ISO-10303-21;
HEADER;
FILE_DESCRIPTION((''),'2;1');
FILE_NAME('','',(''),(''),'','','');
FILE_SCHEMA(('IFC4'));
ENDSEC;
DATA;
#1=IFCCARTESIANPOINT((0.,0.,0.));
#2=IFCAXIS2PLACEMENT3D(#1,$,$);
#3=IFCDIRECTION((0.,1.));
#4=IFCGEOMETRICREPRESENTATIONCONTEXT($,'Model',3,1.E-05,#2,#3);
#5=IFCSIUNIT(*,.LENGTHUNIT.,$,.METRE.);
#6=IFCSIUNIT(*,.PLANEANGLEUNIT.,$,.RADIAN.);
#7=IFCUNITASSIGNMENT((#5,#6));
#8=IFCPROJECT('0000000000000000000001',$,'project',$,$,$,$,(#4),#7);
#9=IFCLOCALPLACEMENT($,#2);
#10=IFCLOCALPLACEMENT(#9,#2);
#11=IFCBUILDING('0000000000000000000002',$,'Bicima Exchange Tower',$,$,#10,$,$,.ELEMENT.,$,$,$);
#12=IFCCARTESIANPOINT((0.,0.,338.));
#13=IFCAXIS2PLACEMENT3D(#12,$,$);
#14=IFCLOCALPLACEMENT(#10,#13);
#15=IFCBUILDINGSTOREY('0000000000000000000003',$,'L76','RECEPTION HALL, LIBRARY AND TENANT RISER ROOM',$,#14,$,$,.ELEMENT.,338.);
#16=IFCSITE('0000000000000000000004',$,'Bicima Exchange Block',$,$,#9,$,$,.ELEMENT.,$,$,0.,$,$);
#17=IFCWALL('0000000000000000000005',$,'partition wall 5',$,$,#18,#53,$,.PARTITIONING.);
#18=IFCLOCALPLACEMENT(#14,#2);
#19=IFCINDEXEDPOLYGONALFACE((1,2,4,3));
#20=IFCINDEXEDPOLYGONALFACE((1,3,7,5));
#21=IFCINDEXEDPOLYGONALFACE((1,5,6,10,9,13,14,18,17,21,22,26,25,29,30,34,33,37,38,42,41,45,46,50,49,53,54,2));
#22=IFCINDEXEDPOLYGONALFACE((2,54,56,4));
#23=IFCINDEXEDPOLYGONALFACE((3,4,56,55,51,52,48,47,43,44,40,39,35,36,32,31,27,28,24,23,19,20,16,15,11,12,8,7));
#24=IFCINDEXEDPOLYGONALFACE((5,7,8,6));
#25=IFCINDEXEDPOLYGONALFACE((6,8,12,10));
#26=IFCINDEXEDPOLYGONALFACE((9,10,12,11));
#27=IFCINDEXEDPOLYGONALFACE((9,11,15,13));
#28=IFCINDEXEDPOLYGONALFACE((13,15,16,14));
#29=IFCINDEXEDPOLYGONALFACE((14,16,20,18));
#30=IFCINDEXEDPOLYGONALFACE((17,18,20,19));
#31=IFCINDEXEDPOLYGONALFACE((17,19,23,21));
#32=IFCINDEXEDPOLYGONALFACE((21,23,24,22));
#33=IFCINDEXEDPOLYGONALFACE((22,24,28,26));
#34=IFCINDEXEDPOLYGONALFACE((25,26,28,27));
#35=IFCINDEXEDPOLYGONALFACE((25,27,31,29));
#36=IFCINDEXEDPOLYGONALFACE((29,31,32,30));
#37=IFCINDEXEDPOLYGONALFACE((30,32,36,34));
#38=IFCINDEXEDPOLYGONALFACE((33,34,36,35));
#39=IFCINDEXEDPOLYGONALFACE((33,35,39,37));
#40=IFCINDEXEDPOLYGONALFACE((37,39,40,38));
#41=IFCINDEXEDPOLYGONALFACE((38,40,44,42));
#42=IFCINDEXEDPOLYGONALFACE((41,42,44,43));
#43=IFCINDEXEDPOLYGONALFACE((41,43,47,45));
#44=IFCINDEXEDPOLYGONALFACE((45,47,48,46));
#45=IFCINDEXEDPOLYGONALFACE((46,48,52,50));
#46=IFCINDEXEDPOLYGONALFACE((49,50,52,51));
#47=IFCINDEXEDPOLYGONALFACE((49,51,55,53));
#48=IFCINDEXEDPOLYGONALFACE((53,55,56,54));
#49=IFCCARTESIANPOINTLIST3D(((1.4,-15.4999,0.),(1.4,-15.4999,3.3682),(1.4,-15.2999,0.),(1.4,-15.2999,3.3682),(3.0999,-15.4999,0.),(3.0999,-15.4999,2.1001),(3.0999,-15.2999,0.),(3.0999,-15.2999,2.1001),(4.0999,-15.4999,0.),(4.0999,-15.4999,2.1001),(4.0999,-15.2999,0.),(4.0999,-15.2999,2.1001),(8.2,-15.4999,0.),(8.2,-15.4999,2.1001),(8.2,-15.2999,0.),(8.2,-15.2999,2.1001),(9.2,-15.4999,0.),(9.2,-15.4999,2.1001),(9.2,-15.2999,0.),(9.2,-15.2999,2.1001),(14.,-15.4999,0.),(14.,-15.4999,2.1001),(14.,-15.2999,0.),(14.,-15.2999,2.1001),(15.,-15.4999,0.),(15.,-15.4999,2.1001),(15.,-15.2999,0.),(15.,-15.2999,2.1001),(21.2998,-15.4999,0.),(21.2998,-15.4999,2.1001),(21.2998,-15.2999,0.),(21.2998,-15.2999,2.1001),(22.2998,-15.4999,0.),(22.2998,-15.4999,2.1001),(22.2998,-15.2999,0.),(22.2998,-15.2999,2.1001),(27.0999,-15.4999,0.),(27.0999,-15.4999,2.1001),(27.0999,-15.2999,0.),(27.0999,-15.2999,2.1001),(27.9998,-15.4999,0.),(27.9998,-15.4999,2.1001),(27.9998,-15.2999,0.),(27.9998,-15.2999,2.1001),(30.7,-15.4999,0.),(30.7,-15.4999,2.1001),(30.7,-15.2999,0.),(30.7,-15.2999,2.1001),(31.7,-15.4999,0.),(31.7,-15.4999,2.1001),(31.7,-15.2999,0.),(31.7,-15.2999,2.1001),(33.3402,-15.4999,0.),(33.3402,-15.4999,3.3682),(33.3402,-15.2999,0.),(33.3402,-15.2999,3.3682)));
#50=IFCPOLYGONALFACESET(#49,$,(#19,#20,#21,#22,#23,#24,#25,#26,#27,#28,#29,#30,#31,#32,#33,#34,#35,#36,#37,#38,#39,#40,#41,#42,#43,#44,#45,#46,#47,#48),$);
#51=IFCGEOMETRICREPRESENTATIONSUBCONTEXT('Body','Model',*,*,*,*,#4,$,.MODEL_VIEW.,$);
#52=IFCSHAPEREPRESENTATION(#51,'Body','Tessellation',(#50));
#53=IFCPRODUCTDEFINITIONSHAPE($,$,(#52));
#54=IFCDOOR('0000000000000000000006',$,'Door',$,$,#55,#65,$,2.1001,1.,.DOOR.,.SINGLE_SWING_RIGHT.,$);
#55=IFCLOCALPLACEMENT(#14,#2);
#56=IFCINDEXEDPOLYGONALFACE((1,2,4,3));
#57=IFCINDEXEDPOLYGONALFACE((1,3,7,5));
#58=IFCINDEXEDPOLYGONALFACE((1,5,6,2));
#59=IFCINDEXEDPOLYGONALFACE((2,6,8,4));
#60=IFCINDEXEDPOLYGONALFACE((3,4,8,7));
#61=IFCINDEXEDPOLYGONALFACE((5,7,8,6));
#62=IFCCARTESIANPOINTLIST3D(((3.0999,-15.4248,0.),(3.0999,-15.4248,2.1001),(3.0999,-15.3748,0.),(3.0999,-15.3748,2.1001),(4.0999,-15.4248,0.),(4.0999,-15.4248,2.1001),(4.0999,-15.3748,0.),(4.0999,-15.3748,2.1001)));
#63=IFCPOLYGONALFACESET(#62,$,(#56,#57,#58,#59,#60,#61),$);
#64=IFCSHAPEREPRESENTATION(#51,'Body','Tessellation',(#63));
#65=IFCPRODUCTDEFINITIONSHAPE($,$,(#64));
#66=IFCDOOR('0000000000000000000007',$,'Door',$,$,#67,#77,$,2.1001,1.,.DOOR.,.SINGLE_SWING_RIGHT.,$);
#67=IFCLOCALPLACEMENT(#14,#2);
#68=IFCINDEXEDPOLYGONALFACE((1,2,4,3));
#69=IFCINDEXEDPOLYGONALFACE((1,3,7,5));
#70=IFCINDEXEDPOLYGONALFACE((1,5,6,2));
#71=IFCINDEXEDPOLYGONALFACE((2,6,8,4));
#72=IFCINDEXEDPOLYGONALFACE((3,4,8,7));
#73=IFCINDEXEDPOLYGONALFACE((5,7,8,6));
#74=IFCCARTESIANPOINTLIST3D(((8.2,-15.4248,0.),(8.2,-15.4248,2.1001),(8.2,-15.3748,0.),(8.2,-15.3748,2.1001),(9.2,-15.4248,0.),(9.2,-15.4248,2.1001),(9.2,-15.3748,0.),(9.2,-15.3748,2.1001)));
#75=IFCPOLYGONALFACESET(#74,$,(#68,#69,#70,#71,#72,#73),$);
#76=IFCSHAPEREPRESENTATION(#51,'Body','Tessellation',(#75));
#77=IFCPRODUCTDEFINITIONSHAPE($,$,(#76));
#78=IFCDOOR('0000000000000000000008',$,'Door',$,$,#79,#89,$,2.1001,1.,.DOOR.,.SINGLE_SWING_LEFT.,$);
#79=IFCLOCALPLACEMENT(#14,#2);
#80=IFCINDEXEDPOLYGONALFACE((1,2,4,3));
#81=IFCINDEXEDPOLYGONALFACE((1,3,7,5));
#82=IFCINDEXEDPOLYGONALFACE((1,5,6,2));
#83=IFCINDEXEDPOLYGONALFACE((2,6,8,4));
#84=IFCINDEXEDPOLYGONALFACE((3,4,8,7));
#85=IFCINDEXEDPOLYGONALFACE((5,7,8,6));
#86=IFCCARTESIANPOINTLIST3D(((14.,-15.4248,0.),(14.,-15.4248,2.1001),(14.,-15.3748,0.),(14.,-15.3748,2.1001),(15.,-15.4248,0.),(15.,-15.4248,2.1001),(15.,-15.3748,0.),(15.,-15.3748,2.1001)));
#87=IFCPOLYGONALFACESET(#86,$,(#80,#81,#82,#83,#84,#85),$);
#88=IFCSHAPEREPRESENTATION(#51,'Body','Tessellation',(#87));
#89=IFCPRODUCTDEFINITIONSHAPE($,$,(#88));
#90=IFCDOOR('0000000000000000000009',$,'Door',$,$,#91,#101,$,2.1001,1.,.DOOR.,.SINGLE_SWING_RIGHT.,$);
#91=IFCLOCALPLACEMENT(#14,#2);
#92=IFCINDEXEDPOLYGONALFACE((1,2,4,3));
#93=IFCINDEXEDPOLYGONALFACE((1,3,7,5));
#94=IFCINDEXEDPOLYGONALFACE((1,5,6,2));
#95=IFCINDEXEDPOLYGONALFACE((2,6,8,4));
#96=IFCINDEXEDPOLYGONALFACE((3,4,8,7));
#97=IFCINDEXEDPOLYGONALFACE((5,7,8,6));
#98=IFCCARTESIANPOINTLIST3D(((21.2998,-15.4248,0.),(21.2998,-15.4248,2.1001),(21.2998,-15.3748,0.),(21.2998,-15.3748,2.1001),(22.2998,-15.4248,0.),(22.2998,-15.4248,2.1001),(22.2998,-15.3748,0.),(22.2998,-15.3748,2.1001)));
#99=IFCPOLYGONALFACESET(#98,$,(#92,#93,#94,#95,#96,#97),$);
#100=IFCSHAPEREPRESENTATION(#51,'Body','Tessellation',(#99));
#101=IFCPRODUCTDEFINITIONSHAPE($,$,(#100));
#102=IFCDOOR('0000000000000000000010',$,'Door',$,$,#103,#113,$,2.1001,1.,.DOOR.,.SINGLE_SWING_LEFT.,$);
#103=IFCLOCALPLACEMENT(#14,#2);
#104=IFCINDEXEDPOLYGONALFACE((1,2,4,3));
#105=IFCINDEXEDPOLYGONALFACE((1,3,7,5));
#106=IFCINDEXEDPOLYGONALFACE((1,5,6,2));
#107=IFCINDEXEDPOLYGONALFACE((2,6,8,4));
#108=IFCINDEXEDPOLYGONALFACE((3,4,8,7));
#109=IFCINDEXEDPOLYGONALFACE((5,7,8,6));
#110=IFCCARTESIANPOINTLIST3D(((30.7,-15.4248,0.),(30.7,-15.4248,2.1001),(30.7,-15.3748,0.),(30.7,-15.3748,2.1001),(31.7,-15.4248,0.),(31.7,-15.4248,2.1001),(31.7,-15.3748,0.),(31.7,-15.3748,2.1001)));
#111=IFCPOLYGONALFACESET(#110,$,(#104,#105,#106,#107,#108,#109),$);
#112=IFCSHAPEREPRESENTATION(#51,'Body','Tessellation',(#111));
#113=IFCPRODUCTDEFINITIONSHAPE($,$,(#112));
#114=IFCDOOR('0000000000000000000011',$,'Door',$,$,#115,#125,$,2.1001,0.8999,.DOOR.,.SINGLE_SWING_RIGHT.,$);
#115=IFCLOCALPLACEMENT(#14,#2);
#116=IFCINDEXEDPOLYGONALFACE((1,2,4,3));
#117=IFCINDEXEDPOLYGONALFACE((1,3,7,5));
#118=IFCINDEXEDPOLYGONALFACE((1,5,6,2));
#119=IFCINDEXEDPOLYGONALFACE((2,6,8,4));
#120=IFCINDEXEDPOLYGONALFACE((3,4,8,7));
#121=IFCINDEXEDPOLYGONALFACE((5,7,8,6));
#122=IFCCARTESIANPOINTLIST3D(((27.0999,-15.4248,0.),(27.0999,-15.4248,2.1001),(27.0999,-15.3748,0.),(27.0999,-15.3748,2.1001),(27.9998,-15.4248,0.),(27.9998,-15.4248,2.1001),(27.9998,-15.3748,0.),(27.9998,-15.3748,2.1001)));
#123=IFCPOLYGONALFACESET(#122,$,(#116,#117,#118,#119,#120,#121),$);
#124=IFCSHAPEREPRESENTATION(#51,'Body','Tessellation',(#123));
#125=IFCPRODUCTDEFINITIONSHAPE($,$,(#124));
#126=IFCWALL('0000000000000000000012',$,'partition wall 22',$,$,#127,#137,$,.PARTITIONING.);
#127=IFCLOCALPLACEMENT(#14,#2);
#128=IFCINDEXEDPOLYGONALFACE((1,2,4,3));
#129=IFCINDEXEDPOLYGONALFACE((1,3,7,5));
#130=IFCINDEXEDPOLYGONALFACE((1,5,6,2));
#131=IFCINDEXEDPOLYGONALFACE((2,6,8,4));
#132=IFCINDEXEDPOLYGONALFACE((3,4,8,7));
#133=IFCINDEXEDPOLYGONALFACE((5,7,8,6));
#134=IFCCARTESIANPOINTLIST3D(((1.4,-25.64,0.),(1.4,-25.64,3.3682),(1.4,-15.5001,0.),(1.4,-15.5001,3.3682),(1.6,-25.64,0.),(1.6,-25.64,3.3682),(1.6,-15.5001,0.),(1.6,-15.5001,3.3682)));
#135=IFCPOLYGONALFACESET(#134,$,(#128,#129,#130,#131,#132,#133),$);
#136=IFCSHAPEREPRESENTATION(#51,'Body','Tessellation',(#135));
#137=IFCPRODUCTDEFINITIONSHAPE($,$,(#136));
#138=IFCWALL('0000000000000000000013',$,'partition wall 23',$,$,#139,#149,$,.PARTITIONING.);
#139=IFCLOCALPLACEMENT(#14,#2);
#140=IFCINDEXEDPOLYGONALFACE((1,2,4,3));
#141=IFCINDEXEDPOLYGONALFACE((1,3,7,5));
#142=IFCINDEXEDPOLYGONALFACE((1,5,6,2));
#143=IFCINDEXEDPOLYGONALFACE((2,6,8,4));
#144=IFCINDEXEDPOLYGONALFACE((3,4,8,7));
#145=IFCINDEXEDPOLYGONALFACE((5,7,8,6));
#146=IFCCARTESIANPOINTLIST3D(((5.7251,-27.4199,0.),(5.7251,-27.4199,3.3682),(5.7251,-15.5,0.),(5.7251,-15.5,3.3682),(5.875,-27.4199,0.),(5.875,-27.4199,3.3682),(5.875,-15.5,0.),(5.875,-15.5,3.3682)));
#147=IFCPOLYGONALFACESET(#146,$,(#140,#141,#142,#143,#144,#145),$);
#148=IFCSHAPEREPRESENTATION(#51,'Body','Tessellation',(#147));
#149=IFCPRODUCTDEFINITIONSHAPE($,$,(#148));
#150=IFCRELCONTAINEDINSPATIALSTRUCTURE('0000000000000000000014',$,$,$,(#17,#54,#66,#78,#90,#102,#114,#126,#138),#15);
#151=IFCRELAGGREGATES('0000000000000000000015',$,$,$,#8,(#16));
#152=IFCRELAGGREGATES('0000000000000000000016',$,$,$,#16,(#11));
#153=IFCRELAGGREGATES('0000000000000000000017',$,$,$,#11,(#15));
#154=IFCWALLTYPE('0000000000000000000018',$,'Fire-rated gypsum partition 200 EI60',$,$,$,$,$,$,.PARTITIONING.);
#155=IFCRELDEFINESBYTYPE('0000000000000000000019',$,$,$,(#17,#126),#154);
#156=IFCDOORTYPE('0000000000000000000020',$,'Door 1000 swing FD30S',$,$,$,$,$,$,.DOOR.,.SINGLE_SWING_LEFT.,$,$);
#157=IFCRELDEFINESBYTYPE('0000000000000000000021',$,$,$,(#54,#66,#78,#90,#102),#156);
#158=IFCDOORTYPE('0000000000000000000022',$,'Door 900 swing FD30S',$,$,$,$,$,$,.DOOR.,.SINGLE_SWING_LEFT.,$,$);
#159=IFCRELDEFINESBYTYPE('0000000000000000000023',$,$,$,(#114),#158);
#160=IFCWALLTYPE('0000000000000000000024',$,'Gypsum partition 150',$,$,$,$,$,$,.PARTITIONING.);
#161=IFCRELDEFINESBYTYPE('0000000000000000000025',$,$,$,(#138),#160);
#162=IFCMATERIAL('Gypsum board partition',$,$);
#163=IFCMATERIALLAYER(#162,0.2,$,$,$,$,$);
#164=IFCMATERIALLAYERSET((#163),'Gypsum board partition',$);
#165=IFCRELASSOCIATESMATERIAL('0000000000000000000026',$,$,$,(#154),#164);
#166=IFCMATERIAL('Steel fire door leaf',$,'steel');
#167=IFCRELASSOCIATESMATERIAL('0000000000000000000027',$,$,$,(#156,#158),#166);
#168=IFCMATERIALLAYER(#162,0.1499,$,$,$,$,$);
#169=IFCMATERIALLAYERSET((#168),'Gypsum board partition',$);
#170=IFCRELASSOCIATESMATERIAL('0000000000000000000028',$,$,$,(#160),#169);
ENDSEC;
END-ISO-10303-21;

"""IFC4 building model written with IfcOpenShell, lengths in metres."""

from ifc_helpers import new_model, si_unit, direction, frame, frame_2d, origin, place, context, subcontext, project, spatial, rectangle, extrude, material, layer, layer_set, type_object, element, fill, save


model = new_model("IFC4")

# Units and contexts
model_context = context("Model", 3, precision=1e-05, world=origin(), true_north=direction((0.0, 1.0)))
body_context = subcontext(model_context, "Body", "Model", "MODEL_VIEW")
ifc_project = project(units=[si_unit("LENGTHUNIT", "METRE"), si_unit("PLANEANGLEUNIT", "RADIAN")], contexts=[model_context])

# Site, building, storey
site_placement = place(None, origin())
site = spatial("IfcSite", under=ifc_project, at=site_placement, Name="Bicima Exchange Block", CompositionType="ELEMENT", RefElevation=0.0)
building_placement = place(site_placement, origin())
building = spatial("IfcBuilding", under=site, at=building_placement, Name="Bicima Exchange Tower", CompositionType="ELEMENT")
storey_placement = place(building_placement, frame((0.0, 0.0, 338.0)))
storey = spatial("IfcBuildingStorey", under=building, at=storey_placement, Name="L76", Description="RECEPTION HALL, LIBRARY AND TENANT RISER ROOM", CompositionType="ELEMENT", Elevation=338.0)

# Wall, openings, doors
ifc_material_1 = material(Name="Gypsum board partition")
ifc_layer_1 = layer(ifc_material_1, 0.2)
ifc_layer_set_1 = layer_set([ifc_layer_1], Name="Gypsum board partition")
wall_type_1 = type_object("IfcWallType", Name="Fire-rated gypsum partition 200 EI60", PredefinedType="PARTITIONING", material=ifc_layer_set_1)
wall_1_placement = place(storey_placement, frame((1.3999, -15.3999, 0.0), z_axis=(0.0, 0.0, 1.0), x_axis=(1.0, 0.0, 0.0)))
wall_1 = element("IfcWall", 1, at=wall_1_placement, inside=storey, type_object=wall_type_1, Name="partition wall 5", PredefinedType="PARTITIONING", context=body_context, shape_type="SweptSolid", body=[
    extrude(rectangle(XDim=31.9402, YDim=0.2, at=frame_2d((15.9702, 0.0))), origin(), (0.0, 0.0, 1.0), 3.3682),
])
opening_1_placement = place(wall_1_placement, frame((1.7, 0.0, 0.0)))
opening_1 = element("IfcOpeningElement", 2, at=opening_1_placement, cuts=wall_1, PredefinedType="OPENING", context=body_context, shape_type="SweptSolid", body=[
    extrude(rectangle(XDim=1.0, YDim=2.1001, at=frame_2d((0.5, 1.05))), frame((0.0, 0.1118, 0.0), z_axis=(0.0, -1.0, 0.0), x_axis=(1.0, 0.0, 0.0)), (0.0, 0.0, 1.0), 0.2239),
])
opening_2_placement = place(wall_1_placement, frame((6.8, 0.0, 0.0)))
opening_2 = element("IfcOpeningElement", 3, at=opening_2_placement, cuts=wall_1, PredefinedType="OPENING", context=body_context, shape_type="SweptSolid", body=[
    extrude(rectangle(XDim=1.0, YDim=2.1001, at=frame_2d((0.5, 1.05))), frame((0.0, 0.1118, 0.0), z_axis=(0.0, -1.0, 0.0), x_axis=(1.0, 0.0, 0.0)), (0.0, 0.0, 1.0), 0.2239),
])
opening_3_placement = place(wall_1_placement, frame((12.6001, 0.0, 0.0)))
opening_3 = element("IfcOpeningElement", 4, at=opening_3_placement, cuts=wall_1, PredefinedType="OPENING", context=body_context, shape_type="SweptSolid", body=[
    extrude(rectangle(XDim=1.0, YDim=2.1001, at=frame_2d((0.5, 1.05))), frame((0.0, 0.1118, 0.0), z_axis=(0.0, -1.0, 0.0), x_axis=(1.0, 0.0, 0.0)), (0.0, 0.0, 1.0), 0.2239),
])
opening_4_placement = place(wall_1_placement, frame((19.8999, 0.0, 0.0)))
opening_4 = element("IfcOpeningElement", 5, at=opening_4_placement, cuts=wall_1, PredefinedType="OPENING", context=body_context, shape_type="SweptSolid", body=[
    extrude(rectangle(XDim=1.0, YDim=2.1001, at=frame_2d((0.5, 1.05))), frame((0.0, 0.1118, 0.0), z_axis=(0.0, -1.0, 0.0), x_axis=(1.0, 0.0, 0.0)), (0.0, 0.0, 1.0), 0.2239),
])
opening_5_placement = place(wall_1_placement, frame((25.7, 0.0, 0.0)))
opening_5 = element("IfcOpeningElement", 6, at=opening_5_placement, cuts=wall_1, PredefinedType="OPENING", context=body_context, shape_type="SweptSolid", body=[
    extrude(rectangle(XDim=0.8999, YDim=2.1001, at=frame_2d((0.45, 1.05))), frame((0.0, 0.1118, 0.0), z_axis=(0.0, -1.0, 0.0), x_axis=(1.0, 0.0, 0.0)), (0.0, 0.0, 1.0), 0.2239),
])
opening_6_placement = place(wall_1_placement, frame((29.3, 0.0, 0.0)))
opening_6 = element("IfcOpeningElement", 7, at=opening_6_placement, cuts=wall_1, PredefinedType="OPENING", context=body_context, shape_type="SweptSolid", body=[
    extrude(rectangle(XDim=1.0, YDim=2.1001, at=frame_2d((0.5, 1.05))), frame((0.0, 0.1118, 0.0), z_axis=(0.0, -1.0, 0.0), x_axis=(1.0, 0.0, 0.0)), (0.0, 0.0, 1.0), 0.2239),
])
ifc_material_2 = material(Name="Steel fire door leaf", Category="steel")
door_type_1 = type_object("IfcDoorType", Name="Door 1000 swing FD30S", OperationType="SINGLE_SWING_LEFT", PredefinedType="DOOR", material=ifc_material_2)
door_1_placement = place(opening_1_placement, frame((1.0, 0.0, 0.0), z_axis=(0.0, 0.0, 1.0), x_axis=(-1.0, 0.0, 0.0)))
door_1 = element("IfcDoor", 8, at=door_1_placement, inside=storey, type_object=door_type_1, Name="Door", OperationType="SINGLE_SWING_RIGHT", OverallHeight=2.1001, OverallWidth=1.0, PredefinedType="DOOR", context=body_context, shape_type="SweptSolid", body=[
    extrude(rectangle(XDim=1.0, YDim=2.1001, at=frame_2d((0.5, 1.05))), frame((0.0, 0.0249, 0.0), z_axis=(0.0, -1.0, 0.0), x_axis=(1.0, 0.0, 0.0)), (0.0, 0.0, 1.0), 0.05),
])
fill(opening_1, door_1)
door_2_placement = place(opening_2_placement, frame((1.0, 0.0, 0.0), z_axis=(0.0, 0.0, 1.0), x_axis=(-1.0, 0.0, 0.0)))
door_2 = element("IfcDoor", 9, at=door_2_placement, inside=storey, type_object=door_type_1, Name="Door", OperationType="SINGLE_SWING_RIGHT", OverallHeight=2.1001, OverallWidth=1.0, PredefinedType="DOOR", context=body_context, shape_type="SweptSolid", body=[
    extrude(rectangle(XDim=1.0, YDim=2.1001, at=frame_2d((0.5, 1.05))), frame((0.0, 0.0249, 0.0), z_axis=(0.0, -1.0, 0.0), x_axis=(1.0, 0.0, 0.0)), (0.0, 0.0, 1.0), 0.05),
])
fill(opening_2, door_2)
door_3_placement = place(opening_3_placement, frame((1.0, 0.0, 0.0), z_axis=(0.0, 0.0, 1.0), x_axis=(-1.0, 0.0, 0.0)))
door_3 = element("IfcDoor", 10, at=door_3_placement, inside=storey, type_object=door_type_1, Name="Door", OperationType="SINGLE_SWING_LEFT", OverallHeight=2.1001, OverallWidth=1.0, PredefinedType="DOOR", context=body_context, shape_type="SweptSolid", body=[
    extrude(rectangle(XDim=1.0, YDim=2.1001, at=frame_2d((0.5, 1.05))), frame((0.0, 0.0249, 0.0), z_axis=(0.0, -1.0, 0.0), x_axis=(1.0, 0.0, 0.0)), (0.0, 0.0, 1.0), 0.05),
])
fill(opening_3, door_3)
door_4_placement = place(opening_4_placement, frame((1.0, 0.0, 0.0), z_axis=(0.0, 0.0, 1.0), x_axis=(-1.0, 0.0, 0.0)))
door_4 = element("IfcDoor", 11, at=door_4_placement, inside=storey, type_object=door_type_1, Name="Door", OperationType="SINGLE_SWING_RIGHT", OverallHeight=2.1001, OverallWidth=1.0, PredefinedType="DOOR", context=body_context, shape_type="SweptSolid", body=[
    extrude(rectangle(XDim=1.0, YDim=2.1001, at=frame_2d((0.5, 1.05))), frame((0.0, 0.0249, 0.0), z_axis=(0.0, -1.0, 0.0), x_axis=(1.0, 0.0, 0.0)), (0.0, 0.0, 1.0), 0.05),
])
fill(opening_4, door_4)
door_5_placement = place(opening_6_placement, frame((1.0, 0.0, 0.0), z_axis=(0.0, 0.0, 1.0), x_axis=(-1.0, 0.0, 0.0)))
door_5 = element("IfcDoor", 12, at=door_5_placement, inside=storey, type_object=door_type_1, Name="Door", OperationType="SINGLE_SWING_LEFT", OverallHeight=2.1001, OverallWidth=1.0, PredefinedType="DOOR", context=body_context, shape_type="SweptSolid", body=[
    extrude(rectangle(XDim=1.0, YDim=2.1001, at=frame_2d((0.5, 1.05))), frame((0.0, 0.0249, 0.0), z_axis=(0.0, -1.0, 0.0), x_axis=(1.0, 0.0, 0.0)), (0.0, 0.0, 1.0), 0.05),
])
fill(opening_6, door_5)
door_type_2 = type_object("IfcDoorType", Name="Door 900 swing FD30S", OperationType="SINGLE_SWING_LEFT", PredefinedType="DOOR", material=ifc_material_2)
door_6_placement = place(opening_5_placement, frame((0.8999, 0.0, 0.0), z_axis=(0.0, 0.0, 1.0), x_axis=(-1.0, 0.0, 0.0)))
door_6 = element("IfcDoor", 13, at=door_6_placement, inside=storey, type_object=door_type_2, Name="Door", OperationType="SINGLE_SWING_RIGHT", OverallHeight=2.1001, OverallWidth=0.8999, PredefinedType="DOOR", context=body_context, shape_type="SweptSolid", body=[
    extrude(rectangle(XDim=0.8999, YDim=2.1001, at=frame_2d((0.45, 1.05))), frame((0.0, 0.0249, 0.0), z_axis=(0.0, -1.0, 0.0), x_axis=(1.0, 0.0, 0.0)), (0.0, 0.0, 1.0), 0.05),
])
fill(opening_5, door_6)

# Walls
wall_2_placement = place(storey_placement, frame((1.5, -25.6399, 0.0), z_axis=(0.0, 0.0, 1.0), x_axis=(0.0, 1.0, 0.0)))
element("IfcWall", 14, at=wall_2_placement, inside=storey, type_object=wall_type_1, Name="partition wall 22", PredefinedType="PARTITIONING", context=body_context, shape_type="SweptSolid", body=[
    extrude(rectangle(XDim=10.1399, YDim=0.2, at=frame_2d((5.0698, 0.0))), origin(), (0.0, 0.0, 1.0), 3.3682),
])
ifc_layer_2 = layer(ifc_material_1, 0.1499)
ifc_layer_set_2 = layer_set([ifc_layer_2], Name="Gypsum board partition")
wall_type_2 = type_object("IfcWallType", Name="Gypsum partition 150", PredefinedType="PARTITIONING", material=ifc_layer_set_2)
wall_3_placement = place(storey_placement, frame((5.8, -27.4199, 0.0), z_axis=(0.0, 0.0, 1.0), x_axis=(0.0, 1.0, 0.0)))
element("IfcWall", 15, at=wall_3_placement, inside=storey, type_object=wall_type_2, Name="partition wall 23", PredefinedType="PARTITIONING", context=body_context, shape_type="SweptSolid", body=[
    extrude(rectangle(XDim=11.9199, YDim=0.1499, at=frame_2d((5.96, 0.0))), origin(), (0.0, 0.0, 1.0), 3.3682),
])

save(model, "model.ifc")
